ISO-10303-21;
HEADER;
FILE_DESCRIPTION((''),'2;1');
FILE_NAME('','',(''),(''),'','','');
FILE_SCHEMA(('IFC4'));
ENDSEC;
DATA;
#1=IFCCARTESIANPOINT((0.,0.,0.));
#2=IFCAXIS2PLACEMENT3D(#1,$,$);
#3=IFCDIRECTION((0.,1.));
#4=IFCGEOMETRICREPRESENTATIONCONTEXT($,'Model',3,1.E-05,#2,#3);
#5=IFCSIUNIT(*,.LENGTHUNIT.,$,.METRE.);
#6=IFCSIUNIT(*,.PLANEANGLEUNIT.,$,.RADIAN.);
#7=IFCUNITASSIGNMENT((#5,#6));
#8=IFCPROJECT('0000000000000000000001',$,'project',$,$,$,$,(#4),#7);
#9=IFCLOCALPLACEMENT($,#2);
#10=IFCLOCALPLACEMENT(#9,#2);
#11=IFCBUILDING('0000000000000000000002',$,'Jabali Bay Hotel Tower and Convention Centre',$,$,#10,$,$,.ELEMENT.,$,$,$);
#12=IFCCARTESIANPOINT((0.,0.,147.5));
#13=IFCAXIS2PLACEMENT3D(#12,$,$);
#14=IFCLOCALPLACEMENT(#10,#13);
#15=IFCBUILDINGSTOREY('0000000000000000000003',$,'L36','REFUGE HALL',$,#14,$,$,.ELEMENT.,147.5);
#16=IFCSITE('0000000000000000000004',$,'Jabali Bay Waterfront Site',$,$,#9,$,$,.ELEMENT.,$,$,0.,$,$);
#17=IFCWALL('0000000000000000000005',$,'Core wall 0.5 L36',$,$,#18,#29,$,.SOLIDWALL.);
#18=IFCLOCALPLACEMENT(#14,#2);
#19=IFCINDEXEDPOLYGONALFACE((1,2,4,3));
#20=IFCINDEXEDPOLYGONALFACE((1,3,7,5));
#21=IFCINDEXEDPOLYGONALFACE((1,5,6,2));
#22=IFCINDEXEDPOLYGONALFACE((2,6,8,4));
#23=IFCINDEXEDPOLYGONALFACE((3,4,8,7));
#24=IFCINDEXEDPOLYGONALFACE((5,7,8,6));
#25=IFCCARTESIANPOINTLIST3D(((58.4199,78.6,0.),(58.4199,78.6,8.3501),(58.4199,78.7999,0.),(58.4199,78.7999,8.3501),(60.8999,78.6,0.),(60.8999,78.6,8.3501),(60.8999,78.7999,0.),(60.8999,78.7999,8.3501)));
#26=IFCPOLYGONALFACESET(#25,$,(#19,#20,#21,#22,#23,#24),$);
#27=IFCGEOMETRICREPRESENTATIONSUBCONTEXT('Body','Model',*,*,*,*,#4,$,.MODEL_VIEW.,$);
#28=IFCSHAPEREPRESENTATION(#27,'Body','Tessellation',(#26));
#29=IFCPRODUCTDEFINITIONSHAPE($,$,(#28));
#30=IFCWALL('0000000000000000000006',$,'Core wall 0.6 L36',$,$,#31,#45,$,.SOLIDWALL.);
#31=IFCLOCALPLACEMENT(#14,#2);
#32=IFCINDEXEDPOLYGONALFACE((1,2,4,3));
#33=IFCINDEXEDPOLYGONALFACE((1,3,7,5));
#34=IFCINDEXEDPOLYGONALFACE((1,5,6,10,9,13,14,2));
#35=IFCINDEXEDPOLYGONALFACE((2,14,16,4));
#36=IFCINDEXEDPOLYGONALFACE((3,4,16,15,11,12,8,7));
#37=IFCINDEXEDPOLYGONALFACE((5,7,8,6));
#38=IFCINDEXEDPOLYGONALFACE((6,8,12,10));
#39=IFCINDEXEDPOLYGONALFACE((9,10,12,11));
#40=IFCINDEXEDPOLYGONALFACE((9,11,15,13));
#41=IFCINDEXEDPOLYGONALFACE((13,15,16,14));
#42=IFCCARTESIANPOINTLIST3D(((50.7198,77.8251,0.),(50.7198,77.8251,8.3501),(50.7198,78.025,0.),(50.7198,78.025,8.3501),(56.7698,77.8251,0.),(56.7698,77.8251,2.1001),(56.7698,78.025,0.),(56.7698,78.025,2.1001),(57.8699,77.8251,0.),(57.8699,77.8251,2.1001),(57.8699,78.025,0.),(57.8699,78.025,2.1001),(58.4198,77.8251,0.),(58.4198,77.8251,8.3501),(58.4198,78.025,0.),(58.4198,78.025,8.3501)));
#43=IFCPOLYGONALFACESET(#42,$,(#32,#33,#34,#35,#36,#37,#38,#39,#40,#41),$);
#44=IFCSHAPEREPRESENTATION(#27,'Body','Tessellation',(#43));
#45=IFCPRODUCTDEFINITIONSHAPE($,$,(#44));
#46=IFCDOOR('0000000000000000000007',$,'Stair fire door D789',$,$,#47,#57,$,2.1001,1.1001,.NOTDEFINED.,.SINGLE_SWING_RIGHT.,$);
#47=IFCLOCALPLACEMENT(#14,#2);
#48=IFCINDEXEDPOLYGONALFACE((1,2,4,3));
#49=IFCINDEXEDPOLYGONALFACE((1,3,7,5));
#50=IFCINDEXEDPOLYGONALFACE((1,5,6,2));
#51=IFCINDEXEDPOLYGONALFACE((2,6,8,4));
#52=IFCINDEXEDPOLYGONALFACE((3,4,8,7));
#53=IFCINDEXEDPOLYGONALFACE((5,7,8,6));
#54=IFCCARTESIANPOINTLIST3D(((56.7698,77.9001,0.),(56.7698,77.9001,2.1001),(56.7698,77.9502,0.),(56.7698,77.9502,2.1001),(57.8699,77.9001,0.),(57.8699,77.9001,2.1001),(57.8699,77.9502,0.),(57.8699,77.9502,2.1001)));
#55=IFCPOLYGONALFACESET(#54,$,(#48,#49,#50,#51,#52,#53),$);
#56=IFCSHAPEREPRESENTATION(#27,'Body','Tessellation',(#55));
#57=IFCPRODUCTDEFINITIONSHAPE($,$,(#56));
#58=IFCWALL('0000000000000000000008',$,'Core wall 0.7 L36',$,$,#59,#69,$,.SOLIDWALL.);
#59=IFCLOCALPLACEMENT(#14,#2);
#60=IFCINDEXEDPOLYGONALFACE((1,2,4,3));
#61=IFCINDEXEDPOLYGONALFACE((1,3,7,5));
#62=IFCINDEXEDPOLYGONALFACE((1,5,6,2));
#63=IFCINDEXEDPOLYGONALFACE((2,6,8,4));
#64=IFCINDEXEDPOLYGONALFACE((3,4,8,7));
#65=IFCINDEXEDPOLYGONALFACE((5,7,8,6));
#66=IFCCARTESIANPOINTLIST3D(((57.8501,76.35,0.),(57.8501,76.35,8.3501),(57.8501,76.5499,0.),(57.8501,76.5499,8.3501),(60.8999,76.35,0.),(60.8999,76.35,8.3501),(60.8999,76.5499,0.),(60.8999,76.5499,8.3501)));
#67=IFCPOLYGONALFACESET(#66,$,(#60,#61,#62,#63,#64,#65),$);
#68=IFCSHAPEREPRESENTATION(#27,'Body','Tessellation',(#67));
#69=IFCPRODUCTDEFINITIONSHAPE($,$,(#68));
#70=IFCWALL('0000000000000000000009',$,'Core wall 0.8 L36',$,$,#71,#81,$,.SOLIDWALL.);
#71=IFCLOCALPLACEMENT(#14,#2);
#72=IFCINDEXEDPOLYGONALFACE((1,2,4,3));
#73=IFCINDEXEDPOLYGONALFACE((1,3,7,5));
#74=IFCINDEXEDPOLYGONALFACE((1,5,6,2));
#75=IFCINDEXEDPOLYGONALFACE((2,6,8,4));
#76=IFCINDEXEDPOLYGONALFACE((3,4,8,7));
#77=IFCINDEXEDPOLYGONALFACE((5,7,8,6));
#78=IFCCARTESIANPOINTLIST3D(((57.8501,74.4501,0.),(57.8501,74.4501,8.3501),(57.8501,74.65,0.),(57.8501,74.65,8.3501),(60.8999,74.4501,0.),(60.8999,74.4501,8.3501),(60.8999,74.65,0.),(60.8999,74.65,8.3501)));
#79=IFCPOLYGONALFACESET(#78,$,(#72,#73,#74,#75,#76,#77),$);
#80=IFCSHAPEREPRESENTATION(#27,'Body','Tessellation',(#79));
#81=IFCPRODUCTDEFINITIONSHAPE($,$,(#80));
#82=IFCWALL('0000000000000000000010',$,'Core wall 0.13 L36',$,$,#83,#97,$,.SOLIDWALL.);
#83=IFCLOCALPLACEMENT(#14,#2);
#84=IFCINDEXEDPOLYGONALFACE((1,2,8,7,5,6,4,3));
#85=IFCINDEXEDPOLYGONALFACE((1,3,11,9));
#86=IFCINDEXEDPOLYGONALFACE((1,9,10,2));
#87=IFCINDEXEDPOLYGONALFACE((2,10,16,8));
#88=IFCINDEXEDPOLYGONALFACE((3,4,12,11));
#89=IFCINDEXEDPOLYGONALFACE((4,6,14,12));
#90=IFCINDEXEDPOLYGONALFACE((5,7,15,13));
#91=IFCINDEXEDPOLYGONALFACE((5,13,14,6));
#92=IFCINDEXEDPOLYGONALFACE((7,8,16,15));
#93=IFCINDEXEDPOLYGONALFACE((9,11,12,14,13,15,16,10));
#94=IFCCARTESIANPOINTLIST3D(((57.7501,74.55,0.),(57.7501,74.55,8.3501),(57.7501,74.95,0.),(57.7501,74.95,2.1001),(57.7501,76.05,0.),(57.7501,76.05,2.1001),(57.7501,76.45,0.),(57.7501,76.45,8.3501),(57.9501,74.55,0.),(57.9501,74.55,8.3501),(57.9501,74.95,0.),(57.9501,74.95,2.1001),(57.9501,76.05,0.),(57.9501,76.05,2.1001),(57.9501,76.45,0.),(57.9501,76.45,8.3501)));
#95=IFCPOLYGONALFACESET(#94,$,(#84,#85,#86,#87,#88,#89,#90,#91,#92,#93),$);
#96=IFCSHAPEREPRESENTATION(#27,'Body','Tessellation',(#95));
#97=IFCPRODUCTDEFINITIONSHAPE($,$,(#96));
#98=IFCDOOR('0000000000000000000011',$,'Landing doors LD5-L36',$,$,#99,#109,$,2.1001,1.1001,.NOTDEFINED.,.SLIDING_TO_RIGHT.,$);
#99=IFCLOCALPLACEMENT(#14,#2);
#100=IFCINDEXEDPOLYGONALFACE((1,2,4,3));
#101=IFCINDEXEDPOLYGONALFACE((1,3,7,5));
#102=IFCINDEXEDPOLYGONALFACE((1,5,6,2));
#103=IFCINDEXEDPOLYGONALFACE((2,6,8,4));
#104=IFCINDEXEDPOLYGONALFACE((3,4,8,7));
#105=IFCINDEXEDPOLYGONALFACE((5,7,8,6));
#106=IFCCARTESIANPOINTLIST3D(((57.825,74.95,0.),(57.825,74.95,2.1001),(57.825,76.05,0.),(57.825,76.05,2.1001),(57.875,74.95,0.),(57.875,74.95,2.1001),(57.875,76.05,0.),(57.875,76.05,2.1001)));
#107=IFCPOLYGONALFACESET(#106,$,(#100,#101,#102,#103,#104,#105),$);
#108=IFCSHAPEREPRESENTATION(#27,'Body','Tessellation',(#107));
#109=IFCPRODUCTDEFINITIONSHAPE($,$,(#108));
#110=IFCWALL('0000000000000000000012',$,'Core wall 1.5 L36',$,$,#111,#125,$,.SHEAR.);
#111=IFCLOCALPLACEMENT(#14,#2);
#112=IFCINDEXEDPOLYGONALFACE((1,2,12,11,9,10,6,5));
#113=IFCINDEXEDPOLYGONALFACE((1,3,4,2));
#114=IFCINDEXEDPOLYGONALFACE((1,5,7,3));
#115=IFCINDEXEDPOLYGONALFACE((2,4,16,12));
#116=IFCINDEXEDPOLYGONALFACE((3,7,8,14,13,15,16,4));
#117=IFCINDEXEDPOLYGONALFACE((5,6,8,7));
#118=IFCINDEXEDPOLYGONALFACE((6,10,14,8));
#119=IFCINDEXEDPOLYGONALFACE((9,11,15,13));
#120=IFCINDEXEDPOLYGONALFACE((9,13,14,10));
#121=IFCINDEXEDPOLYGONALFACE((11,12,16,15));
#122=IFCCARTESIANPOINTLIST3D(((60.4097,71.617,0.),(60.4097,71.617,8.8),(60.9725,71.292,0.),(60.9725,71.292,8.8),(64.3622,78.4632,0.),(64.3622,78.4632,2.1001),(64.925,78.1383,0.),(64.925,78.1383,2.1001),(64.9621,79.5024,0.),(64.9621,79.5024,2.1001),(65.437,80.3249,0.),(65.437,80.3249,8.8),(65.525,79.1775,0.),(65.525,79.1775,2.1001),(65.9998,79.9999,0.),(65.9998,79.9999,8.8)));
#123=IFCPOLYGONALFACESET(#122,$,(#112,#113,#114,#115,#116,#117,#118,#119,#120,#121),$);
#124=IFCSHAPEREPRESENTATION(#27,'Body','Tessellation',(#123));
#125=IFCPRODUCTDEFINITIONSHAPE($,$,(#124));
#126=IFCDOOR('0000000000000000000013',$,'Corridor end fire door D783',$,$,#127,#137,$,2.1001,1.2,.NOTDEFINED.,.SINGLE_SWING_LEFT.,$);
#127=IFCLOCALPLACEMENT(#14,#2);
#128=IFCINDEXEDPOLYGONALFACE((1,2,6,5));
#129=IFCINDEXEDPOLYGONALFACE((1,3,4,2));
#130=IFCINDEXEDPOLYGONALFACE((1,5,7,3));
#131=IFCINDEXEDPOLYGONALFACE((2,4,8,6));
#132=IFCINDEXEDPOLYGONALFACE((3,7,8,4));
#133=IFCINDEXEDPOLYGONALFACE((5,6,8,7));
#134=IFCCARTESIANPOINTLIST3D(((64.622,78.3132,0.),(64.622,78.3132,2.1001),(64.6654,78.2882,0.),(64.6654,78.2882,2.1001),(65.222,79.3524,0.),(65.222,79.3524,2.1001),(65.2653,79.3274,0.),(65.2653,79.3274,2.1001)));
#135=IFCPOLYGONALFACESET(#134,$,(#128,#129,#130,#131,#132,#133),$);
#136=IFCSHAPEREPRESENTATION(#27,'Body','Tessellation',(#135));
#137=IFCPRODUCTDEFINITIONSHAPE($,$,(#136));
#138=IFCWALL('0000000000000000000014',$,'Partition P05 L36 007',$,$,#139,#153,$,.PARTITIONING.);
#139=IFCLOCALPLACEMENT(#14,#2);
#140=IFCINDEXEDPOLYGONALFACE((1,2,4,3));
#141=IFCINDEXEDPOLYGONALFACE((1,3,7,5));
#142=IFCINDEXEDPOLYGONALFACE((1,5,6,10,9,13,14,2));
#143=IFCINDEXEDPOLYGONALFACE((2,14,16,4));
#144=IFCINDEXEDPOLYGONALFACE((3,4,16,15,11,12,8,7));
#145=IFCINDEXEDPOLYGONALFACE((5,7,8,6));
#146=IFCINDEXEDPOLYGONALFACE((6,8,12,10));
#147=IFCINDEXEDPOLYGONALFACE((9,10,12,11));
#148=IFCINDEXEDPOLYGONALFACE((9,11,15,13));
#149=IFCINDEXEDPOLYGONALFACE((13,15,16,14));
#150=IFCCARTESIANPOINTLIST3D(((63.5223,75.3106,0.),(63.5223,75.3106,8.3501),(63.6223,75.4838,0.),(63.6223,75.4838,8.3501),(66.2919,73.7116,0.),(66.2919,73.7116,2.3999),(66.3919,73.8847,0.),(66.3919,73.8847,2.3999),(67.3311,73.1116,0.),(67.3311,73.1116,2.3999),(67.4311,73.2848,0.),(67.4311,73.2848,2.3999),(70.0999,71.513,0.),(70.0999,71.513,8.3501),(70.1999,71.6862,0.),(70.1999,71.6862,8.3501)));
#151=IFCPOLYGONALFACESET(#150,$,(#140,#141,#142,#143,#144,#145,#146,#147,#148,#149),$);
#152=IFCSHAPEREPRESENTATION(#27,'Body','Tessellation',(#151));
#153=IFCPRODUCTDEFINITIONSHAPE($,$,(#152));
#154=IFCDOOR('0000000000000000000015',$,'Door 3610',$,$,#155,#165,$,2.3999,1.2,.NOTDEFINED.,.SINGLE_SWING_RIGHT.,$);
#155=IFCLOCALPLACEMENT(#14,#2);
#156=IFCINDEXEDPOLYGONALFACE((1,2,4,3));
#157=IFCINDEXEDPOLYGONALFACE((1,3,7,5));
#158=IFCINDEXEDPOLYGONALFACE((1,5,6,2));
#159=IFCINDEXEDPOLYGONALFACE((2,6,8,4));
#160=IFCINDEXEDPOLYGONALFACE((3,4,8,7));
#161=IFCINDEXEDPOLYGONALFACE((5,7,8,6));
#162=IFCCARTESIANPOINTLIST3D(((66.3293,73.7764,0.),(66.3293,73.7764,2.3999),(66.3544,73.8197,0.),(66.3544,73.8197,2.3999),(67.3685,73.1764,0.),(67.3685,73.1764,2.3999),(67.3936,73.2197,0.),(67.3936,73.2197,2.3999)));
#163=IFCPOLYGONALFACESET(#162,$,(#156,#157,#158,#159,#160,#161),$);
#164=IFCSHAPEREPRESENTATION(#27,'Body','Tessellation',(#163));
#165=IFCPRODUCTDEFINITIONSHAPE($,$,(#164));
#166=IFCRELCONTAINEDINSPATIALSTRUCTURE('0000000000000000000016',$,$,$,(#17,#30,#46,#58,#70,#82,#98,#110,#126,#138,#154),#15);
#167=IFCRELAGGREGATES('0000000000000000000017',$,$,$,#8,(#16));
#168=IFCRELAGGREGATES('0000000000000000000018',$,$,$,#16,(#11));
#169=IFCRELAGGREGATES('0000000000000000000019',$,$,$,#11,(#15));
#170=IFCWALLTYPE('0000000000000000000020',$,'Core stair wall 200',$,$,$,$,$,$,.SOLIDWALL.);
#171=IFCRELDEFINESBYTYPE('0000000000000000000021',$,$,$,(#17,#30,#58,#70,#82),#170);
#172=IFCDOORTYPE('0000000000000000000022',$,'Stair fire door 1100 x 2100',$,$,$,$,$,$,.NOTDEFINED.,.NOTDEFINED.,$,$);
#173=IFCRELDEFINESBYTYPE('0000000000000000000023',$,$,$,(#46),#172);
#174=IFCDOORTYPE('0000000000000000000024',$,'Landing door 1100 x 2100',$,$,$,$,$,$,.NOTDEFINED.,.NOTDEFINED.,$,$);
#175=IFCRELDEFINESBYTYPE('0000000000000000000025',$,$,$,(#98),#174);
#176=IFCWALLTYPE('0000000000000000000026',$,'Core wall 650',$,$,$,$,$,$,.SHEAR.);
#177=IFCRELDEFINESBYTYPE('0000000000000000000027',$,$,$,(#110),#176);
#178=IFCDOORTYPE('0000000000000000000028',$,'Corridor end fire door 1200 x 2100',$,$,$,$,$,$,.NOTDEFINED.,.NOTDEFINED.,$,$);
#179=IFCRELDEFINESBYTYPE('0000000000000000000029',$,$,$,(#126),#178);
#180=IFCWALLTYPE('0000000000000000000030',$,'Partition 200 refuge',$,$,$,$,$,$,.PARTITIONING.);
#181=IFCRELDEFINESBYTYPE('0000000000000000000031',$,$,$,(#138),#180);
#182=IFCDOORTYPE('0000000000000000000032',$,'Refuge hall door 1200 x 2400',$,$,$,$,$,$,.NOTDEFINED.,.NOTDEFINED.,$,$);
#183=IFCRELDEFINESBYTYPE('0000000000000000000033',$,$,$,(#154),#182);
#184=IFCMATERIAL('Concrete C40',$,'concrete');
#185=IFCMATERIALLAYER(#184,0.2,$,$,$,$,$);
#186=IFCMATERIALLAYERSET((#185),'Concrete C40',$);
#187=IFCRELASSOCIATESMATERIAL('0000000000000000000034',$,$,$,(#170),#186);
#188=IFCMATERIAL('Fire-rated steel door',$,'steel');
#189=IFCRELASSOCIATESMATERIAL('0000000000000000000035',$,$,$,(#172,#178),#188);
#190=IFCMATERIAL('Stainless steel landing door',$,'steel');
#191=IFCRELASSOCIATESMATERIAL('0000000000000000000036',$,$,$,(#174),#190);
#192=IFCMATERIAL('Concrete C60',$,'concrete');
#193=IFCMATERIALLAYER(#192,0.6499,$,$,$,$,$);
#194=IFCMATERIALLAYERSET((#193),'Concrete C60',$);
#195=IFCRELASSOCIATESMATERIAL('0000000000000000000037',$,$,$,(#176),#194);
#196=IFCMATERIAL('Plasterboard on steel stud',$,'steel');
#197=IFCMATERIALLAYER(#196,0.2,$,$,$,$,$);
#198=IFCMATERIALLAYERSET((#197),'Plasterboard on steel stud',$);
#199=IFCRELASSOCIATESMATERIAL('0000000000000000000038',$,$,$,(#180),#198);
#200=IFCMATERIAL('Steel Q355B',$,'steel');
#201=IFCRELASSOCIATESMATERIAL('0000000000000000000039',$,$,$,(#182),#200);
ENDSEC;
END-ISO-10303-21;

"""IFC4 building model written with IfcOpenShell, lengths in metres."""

from ifc_helpers import new_model, si_unit, direction, frame, frame_2d, origin, place, context, subcontext, project, spatial, rectangle, extrude, material, layer, layer_set, type_object, element, fill, save


model = new_model("IFC4")

# Units and contexts
model_context = context("Model", 3, precision=1e-05, world=origin(), true_north=direction((0.0, 1.0)))
body_context = subcontext(model_context, "Body", "Model", "MODEL_VIEW")
ifc_project = project(units=[si_unit("LENGTHUNIT", "METRE"), si_unit("PLANEANGLEUNIT", "RADIAN")], contexts=[model_context])

# Site, building, storey
site_placement = place(None, origin())
site = spatial("IfcSite", under=ifc_project, at=site_placement, Name="Jabali Bay Waterfront Site", CompositionType="ELEMENT", RefElevation=0.0)
building_placement = place(site_placement, origin())
building = spatial("IfcBuilding", under=site, at=building_placement, Name="Jabali Bay Hotel Tower and Convention Centre", CompositionType="ELEMENT")
storey_placement = place(building_placement, frame((0.0, 0.0, 147.5)))
storey = spatial("IfcBuildingStorey", under=building, at=storey_placement, Name="L36", Description="REFUGE HALL", CompositionType="ELEMENT", Elevation=147.5)

# Shared definitions
ifc_material_1 = material(Name="Concrete C60", Category="concrete")

# Shared definitions
ifc_material_2 = material(Name="Concrete C40", Category="concrete")
ifc_material_3 = material(Name="Fire-rated steel door", Category="steel")

# Wall
ifc_layer_1 = layer(ifc_material_2, 0.2)
ifc_layer_set_1 = layer_set([ifc_layer_1], Name="Concrete C40")
wall_type_1 = type_object("IfcWallType", Name="Core stair wall 200", PredefinedType="SOLIDWALL", material=ifc_layer_set_1)
wall_1_placement = place(storey_placement, frame((60.8999, 78.7, 0.0), z_axis=(0.0, 0.0, 1.0), x_axis=(-1.0, 0.0, 0.0)))
element("IfcWall", 1, at=wall_1_placement, inside=storey, type_object=wall_type_1, Name="Core wall 0.5 L36", PredefinedType="SOLIDWALL", context=body_context, shape_type="SweptSolid", body=[
    extrude(rectangle(XDim=2.48, YDim=0.2, at=frame_2d((1.24, 0.0))), origin(), (0.0, 0.0, 1.0), 8.3501),
])

# Wall, opening, door
wall_2_placement = place(storey_placement, frame((58.4199, 77.925, 0.0), z_axis=(0.0, 0.0, 1.0), x_axis=(-1.0, 0.0, 0.0)))
wall_2 = element("IfcWall", 2, at=wall_2_placement, inside=storey, type_object=wall_type_1, Name="Core wall 0.6 L36", PredefinedType="SOLIDWALL", context=body_context, shape_type="SweptSolid", body=[
    extrude(rectangle(XDim=7.7, YDim=0.2, at=frame_2d((3.8501, 0.0))), origin(), (0.0, 0.0, 1.0), 8.3501),
])
opening_1_placement = place(wall_2_placement, frame((0.55, 0.0, 0.0)))
opening_1 = element("IfcOpeningElement", 3, at=opening_1_placement, cuts=wall_2, PredefinedType="OPENING", context=body_context, shape_type="SweptSolid", body=[
    extrude(rectangle(XDim=1.1001, YDim=2.1001, at=frame_2d((0.55, 1.05))), frame((0.0, 0.1104, 0.0), z_axis=(0.0, -1.0, 0.0), x_axis=(1.0, 0.0, 0.0)), (0.0, 0.0, 1.0), 0.2209),
])
door_type_1 = type_object("IfcDoorType", Name="Stair fire door 1100 x 2100", OperationType="NOTDEFINED", PredefinedType="NOTDEFINED", material=ifc_material_3)
door_1_placement = place(opening_1_placement, origin())
door_1 = element("IfcDoor", 4, at=door_1_placement, inside=storey, type_object=door_type_1, Name="Stair fire door D789", OperationType="SINGLE_SWING_RIGHT", OverallHeight=2.1001, OverallWidth=1.1001, PredefinedType="NOTDEFINED", context=body_context, shape_type="SweptSolid", body=[
    extrude(rectangle(XDim=1.1001, YDim=2.1001, at=frame_2d((0.55, 1.05))), frame((0.0, 0.0249, 0.0), z_axis=(0.0, -1.0, 0.0), x_axis=(1.0, 0.0, 0.0)), (0.0, 0.0, 1.0), 0.05),
])
fill(opening_1, door_1)

# Walls
for number, where, z_axis, x_axis, name in (
    (5, (60.8999, 76.45, 0.0), (0.0, 0.0, 1.0), (-1.0, 0.0, 0.0), "Core wall 0.7 L36"),
    (6, (60.8999, 74.55, 0.0), (0.0, 0.0, 1.0), (-1.0, 0.0, 0.0), "Core wall 0.8 L36"),
):
    element("IfcWall", number, at=place(storey_placement, frame(where, z_axis=z_axis, x_axis=x_axis)), inside=storey, type_object=wall_type_1, Name=name, PredefinedType="SOLIDWALL", context=body_context, shape_type="SweptSolid", body=[
        extrude(rectangle(XDim=3.0498, YDim=0.2, at=frame_2d((1.5249, 0.0))), origin(), (0.0, 0.0, 1.0), 8.3501),
    ])

# Walls, openings, doors
wall_3_placement = place(storey_placement, frame((57.8501, 76.45, 0.0), z_axis=(0.0, 0.0, 1.0), x_axis=(0.0, -1.0, 0.0)))
wall_3 = element("IfcWall", 7, at=wall_3_placement, inside=storey, type_object=wall_type_1, Name="Core wall 0.13 L36", PredefinedType="SOLIDWALL", context=body_context, shape_type="SweptSolid", body=[
    extrude(rectangle(XDim=1.8999, YDim=0.2, at=frame_2d((0.95, 0.0))), origin(), (0.0, 0.0, 1.0), 8.3501),
])
opening_2_placement = place(wall_3_placement, frame((0.3999, 0.0, 0.0)))
opening_2 = element("IfcOpeningElement", 8, at=opening_2_placement, cuts=wall_3, PredefinedType="OPENING", context=body_context, shape_type="SweptSolid", body=[
    extrude(rectangle(XDim=1.1001, YDim=2.1001, at=frame_2d((0.55, 1.05))), frame((0.0, 0.1104, 0.0), z_axis=(0.0, -1.0, 0.0), x_axis=(1.0, 0.0, 0.0)), (0.0, 0.0, 1.0), 0.2209),
])
ifc_material_4 = material(Name="Stainless steel landing door", Category="steel")
door_type_2 = type_object("IfcDoorType", Name="Landing door 1100 x 2100", OperationType="NOTDEFINED", PredefinedType="NOTDEFINED", material=ifc_material_4)
door_2_placement = place(opening_2_placement, origin())
door_2 = element("IfcDoor", 9, at=door_2_placement, inside=storey, type_object=door_type_2, Name="Landing doors LD5-L36", OperationType="SLIDING_TO_RIGHT", OverallHeight=2.1001, OverallWidth=1.1001, PredefinedType="NOTDEFINED", context=body_context, shape_type="SweptSolid", body=[
    extrude(rectangle(XDim=1.1001, YDim=2.1001, at=frame_2d((0.55, 1.05))), frame((0.0, 0.0249, 0.0), z_axis=(0.0, -1.0, 0.0), x_axis=(1.0, 0.0, 0.0)), (0.0, 0.0, 1.0), 0.05),
])
fill(opening_2, door_2)
ifc_layer_2 = layer(ifc_material_1, 0.6499)
ifc_layer_set_2 = layer_set([ifc_layer_2], Name="Concrete C60")
wall_type_2 = type_object("IfcWallType", Name="Core wall 650", PredefinedType="SHEAR", material=ifc_layer_set_2)
wall_4_placement = place(storey_placement, frame((60.6912, 71.4546, 0.0), z_axis=(0.0, 0.0, 1.0), x_axis=(0.499983, 0.866035, 0.0)))
wall_4 = element("IfcWall", 10, at=wall_4_placement, inside=storey, type_object=wall_type_2, Name="Core wall 1.5 L36", PredefinedType="SHEAR", context=body_context, shape_type="SweptSolid", body=[
    extrude(rectangle(XDim=10.0549, YDim=0.6499, at=frame_2d((5.0273, 0.0))), origin(), (0.0, 0.0, 1.0), 8.8),
])
opening_3_placement = place(wall_4_placement, frame((7.905, 0.0, 0.0)))
opening_3 = element("IfcOpeningElement", 11, at=opening_3_placement, cuts=wall_4, PredefinedType="OPENING", context=body_context, shape_type="SweptSolid", body=[
    extrude(rectangle(XDim=1.2, YDim=2.1001, at=frame_2d((0.6001, 1.05))), frame((0.0, 0.3354, 0.0), z_axis=(0.0, -1.0, 0.0), x_axis=(1.0, 0.0, 0.0)), (0.0, 0.0, 1.0), 0.6709),
])
door_type_3 = type_object("IfcDoorType", Name="Corridor end fire door 1200 x 2100", OperationType="NOTDEFINED", PredefinedType="NOTDEFINED", material=ifc_material_3)
door_3_placement = place(opening_3_placement, origin())
door_3 = element("IfcDoor", 12, at=door_3_placement, inside=storey, type_object=door_type_3, Name="Corridor end fire door D783", OperationType="SINGLE_SWING_LEFT", OverallHeight=2.1001, OverallWidth=1.2, PredefinedType="NOTDEFINED", context=body_context, shape_type="SweptSolid", body=[
    extrude(rectangle(XDim=1.2, YDim=2.1001, at=frame_2d((0.6001, 1.05))), frame((0.0, 0.0249, 0.0), z_axis=(0.0, -1.0, 0.0), x_axis=(1.0, 0.0, 0.0)), (0.0, 0.0, 1.0), 0.05),
])
fill(opening_3, door_3)
ifc_material_5 = material(Name="Plasterboard on steel stud", Category="steel")
ifc_layer_3 = layer(ifc_material_5, 0.2)
ifc_layer_set_3 = layer_set([ifc_layer_3], Name="Plasterboard on steel stud")
wall_type_3 = type_object("IfcWallType", Name="Partition 200 refuge", PredefinedType="PARTITIONING", material=ifc_layer_set_3)
wall_5_placement = place(storey_placement, frame((63.5723, 75.3972, 0.0), z_axis=(0.0, 0.0, 1.0), x_axis=(0.866025, -0.500001, 0.0)))
wall_5 = element("IfcWall", 13, at=wall_5_placement, inside=storey, type_object=wall_type_3, Name="Partition P05 L36 007", PredefinedType="PARTITIONING", context=body_context, shape_type="SweptSolid", body=[
    extrude(rectangle(XDim=7.5952, YDim=0.2, at=frame_2d((3.7976, 0.0))), origin(), (0.0, 0.0, 1.0), 8.3501),
])
opening_4_placement = place(wall_5_placement, frame((3.198, 0.0, 0.0)))
opening_4 = element("IfcOpeningElement", 14, at=opening_4_placement, cuts=wall_5, PredefinedType="OPENING", context=body_context, shape_type="SweptSolid", body=[
    extrude(rectangle(XDim=1.2, YDim=2.3999, at=frame_2d((0.6001, 1.2))), frame((0.0, 0.1104, 0.0), z_axis=(0.0, -1.0, 0.0), x_axis=(1.0, 0.0, 0.0)), (0.0, 0.0, 1.0), 0.2209),
])
ifc_material_6 = material(Name="Steel Q355B", Category="steel")
door_type_4 = type_object("IfcDoorType", Name="Refuge hall door 1200 x 2400", OperationType="NOTDEFINED", PredefinedType="NOTDEFINED", material=ifc_material_6)
door_4_placement = place(opening_4_placement, origin())
door_4 = element("IfcDoor", 15, at=door_4_placement, inside=storey, type_object=door_type_4, Name="Door 3610", OperationType="SINGLE_SWING_RIGHT", OverallHeight=2.3999, OverallWidth=1.2, PredefinedType="NOTDEFINED", context=body_context, shape_type="SweptSolid", body=[
    extrude(rectangle(XDim=1.2, YDim=2.3999, at=frame_2d((0.6001, 1.2))), frame((0.0, 0.0249, 0.0), z_axis=(0.0, -1.0, 0.0), x_axis=(1.0, 0.0, 0.0)), (0.0, 0.0, 1.0), 0.05),
])
fill(opening_4, door_4)

save(model, "model.ifc")
